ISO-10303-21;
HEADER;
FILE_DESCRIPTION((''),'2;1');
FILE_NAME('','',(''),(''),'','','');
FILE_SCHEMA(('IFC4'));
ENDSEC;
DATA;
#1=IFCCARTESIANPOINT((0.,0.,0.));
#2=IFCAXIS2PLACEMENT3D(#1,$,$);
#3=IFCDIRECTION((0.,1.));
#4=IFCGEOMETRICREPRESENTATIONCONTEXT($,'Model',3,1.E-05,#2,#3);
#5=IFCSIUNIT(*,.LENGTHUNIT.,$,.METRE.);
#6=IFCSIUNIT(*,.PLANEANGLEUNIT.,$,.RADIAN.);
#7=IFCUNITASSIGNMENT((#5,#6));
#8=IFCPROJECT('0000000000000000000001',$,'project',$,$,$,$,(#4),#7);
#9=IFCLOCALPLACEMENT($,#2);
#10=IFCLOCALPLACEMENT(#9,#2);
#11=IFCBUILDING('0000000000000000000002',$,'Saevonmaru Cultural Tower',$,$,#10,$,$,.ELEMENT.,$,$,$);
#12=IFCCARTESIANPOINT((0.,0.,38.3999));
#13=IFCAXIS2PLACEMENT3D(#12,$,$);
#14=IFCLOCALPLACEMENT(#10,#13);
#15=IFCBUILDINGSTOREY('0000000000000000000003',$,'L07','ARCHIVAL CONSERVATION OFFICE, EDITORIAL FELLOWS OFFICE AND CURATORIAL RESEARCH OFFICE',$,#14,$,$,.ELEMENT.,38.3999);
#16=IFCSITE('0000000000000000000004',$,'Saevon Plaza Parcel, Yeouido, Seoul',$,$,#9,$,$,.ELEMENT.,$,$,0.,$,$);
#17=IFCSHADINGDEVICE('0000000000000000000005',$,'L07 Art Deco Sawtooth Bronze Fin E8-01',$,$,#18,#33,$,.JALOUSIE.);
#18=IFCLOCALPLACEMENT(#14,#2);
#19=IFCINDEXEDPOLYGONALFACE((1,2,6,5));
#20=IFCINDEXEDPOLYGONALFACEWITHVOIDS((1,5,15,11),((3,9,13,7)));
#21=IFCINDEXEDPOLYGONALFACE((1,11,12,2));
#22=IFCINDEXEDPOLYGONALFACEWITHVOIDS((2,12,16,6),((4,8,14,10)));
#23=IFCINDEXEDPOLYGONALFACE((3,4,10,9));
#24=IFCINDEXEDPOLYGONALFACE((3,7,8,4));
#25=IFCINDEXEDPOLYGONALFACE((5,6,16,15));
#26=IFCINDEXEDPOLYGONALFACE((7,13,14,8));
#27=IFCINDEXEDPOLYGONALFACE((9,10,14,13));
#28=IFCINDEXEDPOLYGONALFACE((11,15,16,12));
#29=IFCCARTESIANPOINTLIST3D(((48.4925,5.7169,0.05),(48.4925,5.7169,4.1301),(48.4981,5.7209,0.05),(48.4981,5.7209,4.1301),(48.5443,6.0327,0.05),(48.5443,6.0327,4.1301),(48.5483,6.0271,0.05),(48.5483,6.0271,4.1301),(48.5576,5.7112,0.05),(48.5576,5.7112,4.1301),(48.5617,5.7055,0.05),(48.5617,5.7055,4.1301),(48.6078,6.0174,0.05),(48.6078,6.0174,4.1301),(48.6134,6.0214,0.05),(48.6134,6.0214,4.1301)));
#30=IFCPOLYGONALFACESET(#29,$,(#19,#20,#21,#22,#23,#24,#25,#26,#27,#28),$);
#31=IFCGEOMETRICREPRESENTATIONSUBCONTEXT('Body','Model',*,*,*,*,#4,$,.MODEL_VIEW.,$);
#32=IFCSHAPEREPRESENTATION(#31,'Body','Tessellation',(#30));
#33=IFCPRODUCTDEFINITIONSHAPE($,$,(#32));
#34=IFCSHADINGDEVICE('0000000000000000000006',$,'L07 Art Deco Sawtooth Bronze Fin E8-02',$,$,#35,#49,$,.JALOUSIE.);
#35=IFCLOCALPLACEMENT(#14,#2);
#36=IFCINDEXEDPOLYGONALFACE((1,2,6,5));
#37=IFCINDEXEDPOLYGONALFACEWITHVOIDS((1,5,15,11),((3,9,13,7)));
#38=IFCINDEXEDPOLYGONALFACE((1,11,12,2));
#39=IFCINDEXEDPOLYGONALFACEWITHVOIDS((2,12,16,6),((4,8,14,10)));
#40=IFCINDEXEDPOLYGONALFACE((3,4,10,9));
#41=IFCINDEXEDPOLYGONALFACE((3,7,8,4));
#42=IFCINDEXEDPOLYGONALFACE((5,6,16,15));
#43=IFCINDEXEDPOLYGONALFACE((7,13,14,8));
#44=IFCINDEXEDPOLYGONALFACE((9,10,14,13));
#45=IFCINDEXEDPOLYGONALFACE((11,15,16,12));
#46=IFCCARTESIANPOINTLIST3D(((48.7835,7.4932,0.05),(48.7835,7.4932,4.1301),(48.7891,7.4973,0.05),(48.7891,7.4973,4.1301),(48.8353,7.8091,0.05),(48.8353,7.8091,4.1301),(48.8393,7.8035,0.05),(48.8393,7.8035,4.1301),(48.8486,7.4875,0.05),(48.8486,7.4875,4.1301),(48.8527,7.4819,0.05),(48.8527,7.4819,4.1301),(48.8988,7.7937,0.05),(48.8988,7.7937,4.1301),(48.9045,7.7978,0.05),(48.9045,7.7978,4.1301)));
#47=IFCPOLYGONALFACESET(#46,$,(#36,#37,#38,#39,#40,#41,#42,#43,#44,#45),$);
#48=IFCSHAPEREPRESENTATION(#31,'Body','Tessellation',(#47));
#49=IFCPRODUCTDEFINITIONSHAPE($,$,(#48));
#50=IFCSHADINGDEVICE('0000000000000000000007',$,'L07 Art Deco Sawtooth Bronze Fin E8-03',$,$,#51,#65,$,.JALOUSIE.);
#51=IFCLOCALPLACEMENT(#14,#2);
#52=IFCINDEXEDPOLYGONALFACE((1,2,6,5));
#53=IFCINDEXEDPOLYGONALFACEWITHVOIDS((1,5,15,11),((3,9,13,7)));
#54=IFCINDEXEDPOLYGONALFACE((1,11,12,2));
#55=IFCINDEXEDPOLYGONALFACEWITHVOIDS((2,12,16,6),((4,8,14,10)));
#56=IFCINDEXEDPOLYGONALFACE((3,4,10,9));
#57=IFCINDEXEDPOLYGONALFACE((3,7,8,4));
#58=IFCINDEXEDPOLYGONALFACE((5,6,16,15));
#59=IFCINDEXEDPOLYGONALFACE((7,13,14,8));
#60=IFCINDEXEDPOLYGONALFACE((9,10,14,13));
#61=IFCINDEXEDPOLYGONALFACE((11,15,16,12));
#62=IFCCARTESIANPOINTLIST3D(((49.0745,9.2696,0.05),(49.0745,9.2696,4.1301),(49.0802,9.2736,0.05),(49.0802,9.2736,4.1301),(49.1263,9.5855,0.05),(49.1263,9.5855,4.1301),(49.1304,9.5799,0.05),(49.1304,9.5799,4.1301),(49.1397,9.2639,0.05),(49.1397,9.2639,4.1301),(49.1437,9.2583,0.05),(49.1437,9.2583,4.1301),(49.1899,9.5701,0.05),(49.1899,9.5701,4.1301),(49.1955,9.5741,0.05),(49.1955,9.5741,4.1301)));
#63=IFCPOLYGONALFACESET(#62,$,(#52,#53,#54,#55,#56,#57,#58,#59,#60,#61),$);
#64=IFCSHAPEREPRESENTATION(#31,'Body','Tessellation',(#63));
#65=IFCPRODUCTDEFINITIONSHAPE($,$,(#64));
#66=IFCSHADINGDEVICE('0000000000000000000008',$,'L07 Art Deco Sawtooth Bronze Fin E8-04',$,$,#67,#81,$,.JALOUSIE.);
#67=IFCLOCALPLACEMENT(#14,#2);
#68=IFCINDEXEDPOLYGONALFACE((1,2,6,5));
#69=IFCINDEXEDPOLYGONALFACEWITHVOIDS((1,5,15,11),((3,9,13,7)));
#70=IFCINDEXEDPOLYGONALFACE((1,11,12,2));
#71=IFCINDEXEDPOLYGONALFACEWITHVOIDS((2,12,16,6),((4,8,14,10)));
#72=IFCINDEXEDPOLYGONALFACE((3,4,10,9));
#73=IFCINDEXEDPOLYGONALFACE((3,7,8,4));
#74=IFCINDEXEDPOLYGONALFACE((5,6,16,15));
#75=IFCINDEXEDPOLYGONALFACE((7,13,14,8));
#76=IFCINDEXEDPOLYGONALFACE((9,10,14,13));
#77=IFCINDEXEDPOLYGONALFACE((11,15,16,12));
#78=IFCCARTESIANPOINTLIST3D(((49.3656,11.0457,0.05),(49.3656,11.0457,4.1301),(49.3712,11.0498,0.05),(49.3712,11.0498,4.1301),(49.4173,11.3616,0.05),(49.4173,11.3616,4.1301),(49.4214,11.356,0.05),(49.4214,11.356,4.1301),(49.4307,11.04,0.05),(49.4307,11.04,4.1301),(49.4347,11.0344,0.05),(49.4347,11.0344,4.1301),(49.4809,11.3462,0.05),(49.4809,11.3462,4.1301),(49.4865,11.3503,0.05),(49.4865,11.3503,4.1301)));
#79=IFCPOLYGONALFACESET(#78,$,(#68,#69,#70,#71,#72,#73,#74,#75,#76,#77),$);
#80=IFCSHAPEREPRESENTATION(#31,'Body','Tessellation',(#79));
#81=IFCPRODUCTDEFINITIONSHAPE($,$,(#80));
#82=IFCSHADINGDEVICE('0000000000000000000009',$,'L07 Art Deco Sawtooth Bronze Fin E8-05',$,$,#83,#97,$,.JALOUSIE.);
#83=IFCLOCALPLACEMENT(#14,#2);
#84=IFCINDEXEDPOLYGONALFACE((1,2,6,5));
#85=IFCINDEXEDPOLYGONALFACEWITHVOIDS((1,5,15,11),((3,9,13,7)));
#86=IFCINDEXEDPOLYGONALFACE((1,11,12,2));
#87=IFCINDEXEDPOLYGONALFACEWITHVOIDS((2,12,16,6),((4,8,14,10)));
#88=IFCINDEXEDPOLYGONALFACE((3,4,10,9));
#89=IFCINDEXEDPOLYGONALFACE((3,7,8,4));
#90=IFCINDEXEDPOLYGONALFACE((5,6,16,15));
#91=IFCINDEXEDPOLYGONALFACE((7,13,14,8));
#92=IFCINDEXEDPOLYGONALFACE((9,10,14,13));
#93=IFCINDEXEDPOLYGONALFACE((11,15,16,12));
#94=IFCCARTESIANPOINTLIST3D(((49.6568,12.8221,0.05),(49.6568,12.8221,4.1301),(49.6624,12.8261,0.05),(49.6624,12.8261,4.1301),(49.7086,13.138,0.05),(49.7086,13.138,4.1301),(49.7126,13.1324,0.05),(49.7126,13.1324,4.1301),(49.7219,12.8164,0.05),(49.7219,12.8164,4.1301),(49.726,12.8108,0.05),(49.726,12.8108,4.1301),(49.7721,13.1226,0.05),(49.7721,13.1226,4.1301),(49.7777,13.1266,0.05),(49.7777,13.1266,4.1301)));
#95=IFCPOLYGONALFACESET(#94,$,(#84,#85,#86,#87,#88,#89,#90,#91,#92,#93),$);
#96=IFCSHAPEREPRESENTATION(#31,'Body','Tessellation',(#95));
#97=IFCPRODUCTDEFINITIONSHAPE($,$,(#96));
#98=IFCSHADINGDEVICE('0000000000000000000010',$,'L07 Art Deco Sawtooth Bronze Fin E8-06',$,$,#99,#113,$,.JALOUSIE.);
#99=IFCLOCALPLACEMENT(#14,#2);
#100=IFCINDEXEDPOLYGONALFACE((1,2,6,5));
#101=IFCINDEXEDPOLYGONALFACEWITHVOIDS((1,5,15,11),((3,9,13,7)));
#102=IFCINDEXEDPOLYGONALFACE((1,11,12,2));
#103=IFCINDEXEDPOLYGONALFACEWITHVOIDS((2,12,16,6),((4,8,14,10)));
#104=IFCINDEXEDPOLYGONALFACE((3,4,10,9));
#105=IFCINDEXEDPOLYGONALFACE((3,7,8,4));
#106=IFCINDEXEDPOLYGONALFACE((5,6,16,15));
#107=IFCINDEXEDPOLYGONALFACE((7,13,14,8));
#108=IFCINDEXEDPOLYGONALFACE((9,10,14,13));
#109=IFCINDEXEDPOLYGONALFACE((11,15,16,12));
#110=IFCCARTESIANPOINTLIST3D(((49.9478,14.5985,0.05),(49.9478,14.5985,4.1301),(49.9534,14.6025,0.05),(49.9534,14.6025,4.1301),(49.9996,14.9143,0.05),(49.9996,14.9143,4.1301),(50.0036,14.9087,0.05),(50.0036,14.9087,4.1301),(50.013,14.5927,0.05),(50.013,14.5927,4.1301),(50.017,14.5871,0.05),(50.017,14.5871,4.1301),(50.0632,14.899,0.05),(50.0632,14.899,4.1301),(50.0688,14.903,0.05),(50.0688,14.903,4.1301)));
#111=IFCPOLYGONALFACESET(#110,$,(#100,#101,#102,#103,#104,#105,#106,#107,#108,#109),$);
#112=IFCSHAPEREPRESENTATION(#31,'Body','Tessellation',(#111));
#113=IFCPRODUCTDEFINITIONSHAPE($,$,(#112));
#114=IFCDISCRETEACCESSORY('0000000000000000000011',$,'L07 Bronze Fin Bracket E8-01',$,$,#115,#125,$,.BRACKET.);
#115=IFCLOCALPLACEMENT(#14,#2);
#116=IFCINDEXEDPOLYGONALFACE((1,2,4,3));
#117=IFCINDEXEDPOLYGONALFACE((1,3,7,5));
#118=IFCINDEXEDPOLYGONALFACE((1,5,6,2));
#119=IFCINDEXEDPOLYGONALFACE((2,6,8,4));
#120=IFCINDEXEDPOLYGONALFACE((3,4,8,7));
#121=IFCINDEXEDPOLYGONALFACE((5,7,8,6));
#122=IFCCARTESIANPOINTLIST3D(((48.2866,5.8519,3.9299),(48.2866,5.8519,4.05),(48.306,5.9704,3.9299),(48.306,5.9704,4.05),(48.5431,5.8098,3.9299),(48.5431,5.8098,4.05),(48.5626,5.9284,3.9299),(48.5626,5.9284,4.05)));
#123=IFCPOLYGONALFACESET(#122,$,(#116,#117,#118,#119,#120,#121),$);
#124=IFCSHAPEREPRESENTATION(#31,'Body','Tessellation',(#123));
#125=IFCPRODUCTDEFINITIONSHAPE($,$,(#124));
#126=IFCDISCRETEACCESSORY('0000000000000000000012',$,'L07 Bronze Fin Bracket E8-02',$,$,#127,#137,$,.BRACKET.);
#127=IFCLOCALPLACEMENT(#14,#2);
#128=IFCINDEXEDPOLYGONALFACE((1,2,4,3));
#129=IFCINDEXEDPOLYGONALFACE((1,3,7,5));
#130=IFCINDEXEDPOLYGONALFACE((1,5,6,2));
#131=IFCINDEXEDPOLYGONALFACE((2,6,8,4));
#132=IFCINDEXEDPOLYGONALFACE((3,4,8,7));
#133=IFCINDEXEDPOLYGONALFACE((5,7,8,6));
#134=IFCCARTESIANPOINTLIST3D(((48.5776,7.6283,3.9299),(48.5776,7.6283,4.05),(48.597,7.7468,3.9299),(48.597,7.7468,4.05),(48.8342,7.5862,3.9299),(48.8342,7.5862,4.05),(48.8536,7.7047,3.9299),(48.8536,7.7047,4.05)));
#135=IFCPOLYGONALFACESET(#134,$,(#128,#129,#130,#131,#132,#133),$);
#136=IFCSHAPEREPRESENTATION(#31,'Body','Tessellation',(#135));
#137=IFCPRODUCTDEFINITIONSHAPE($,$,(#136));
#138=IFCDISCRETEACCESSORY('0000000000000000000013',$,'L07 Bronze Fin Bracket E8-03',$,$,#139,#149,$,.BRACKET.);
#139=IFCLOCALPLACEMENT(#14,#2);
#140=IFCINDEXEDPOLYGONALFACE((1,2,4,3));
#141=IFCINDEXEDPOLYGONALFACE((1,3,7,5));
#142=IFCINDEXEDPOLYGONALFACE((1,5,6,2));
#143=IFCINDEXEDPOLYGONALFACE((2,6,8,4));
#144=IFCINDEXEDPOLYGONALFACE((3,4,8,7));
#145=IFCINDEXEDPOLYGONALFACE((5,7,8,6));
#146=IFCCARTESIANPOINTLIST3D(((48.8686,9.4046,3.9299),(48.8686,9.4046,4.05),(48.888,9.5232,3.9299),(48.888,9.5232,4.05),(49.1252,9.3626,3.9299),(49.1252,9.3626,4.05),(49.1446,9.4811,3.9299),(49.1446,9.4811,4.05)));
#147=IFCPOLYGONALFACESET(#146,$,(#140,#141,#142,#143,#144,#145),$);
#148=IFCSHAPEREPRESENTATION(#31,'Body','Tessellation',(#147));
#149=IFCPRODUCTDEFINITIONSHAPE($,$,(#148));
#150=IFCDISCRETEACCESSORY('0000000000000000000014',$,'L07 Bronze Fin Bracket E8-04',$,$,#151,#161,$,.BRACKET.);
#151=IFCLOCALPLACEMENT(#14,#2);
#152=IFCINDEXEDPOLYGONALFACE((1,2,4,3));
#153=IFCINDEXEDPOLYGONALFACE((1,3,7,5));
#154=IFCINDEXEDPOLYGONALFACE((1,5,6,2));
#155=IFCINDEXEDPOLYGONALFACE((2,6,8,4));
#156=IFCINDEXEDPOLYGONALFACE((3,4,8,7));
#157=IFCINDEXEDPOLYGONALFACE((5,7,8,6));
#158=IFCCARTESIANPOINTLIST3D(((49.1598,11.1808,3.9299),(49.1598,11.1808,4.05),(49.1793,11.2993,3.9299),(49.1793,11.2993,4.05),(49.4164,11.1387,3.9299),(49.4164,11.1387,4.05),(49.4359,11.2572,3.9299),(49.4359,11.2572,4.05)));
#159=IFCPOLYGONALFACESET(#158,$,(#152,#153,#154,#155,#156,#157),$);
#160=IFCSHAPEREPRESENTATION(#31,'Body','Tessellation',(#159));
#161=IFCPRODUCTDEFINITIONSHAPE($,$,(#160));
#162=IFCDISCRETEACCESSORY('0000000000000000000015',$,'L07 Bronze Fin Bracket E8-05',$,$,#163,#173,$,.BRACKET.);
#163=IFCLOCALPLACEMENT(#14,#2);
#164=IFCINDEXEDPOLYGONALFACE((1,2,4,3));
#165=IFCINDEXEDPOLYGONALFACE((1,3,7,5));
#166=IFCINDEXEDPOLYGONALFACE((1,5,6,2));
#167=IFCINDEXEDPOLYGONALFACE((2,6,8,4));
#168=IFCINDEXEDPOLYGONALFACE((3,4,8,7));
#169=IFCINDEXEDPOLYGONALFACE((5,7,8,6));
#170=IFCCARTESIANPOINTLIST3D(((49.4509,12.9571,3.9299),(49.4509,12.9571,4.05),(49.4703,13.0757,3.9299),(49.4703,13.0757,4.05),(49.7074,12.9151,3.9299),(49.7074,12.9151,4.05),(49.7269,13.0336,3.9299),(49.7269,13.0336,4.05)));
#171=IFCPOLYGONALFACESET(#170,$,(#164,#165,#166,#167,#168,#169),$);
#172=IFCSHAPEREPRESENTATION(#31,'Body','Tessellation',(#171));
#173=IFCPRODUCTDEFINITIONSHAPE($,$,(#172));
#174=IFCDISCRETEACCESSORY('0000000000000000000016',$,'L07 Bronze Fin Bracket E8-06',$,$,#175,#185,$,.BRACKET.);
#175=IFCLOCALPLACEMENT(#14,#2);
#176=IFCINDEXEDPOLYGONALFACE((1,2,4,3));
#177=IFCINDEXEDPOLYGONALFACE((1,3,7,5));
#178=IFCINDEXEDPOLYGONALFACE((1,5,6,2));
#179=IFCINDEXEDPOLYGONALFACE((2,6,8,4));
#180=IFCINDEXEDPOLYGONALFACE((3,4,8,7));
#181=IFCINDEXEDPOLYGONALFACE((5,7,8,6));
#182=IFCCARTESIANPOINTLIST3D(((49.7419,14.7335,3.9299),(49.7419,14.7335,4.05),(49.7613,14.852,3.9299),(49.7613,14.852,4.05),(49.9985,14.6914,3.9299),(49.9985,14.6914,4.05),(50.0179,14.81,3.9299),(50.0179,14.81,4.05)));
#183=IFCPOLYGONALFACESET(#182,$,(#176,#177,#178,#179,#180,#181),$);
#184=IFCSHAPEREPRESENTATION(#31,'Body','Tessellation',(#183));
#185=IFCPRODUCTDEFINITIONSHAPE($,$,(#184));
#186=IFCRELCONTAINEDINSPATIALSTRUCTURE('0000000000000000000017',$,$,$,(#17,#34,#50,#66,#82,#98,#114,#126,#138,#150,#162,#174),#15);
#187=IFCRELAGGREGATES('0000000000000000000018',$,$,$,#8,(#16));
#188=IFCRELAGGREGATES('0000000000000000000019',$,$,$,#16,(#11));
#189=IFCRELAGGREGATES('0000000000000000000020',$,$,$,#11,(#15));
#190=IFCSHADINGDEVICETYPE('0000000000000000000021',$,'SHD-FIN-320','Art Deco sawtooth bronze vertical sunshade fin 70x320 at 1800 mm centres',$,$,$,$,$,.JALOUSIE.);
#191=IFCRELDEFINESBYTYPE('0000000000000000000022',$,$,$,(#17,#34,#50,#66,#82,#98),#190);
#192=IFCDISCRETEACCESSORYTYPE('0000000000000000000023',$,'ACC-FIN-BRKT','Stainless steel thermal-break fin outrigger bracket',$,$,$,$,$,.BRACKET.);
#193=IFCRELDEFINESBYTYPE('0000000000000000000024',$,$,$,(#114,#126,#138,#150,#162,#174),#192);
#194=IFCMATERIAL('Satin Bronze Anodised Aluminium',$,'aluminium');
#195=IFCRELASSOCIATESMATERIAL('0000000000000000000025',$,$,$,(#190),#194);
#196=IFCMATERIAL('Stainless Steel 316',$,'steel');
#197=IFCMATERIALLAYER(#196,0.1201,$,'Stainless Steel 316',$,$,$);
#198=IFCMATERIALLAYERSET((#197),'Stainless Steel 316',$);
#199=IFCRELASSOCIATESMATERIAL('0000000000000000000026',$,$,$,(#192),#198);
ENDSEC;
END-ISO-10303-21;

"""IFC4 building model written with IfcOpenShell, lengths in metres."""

from ifc_helpers import new_model, si_unit, direction, frame, origin, origin_2d, place, context, subcontext, project, spatial, rectangle, hollow_rectangle, extrude, material, layer, layer_set, material_profile, profile_set, type_object, element, save


model = new_model("IFC4")

# Units and contexts
model_context = context("Model", 3, precision=1e-05, world=origin(), true_north=direction((0.0, 1.0)))
body_context = subcontext(model_context, "Body", "Model", "MODEL_VIEW")
ifc_project = project(units=[si_unit("LENGTHUNIT", "METRE"), si_unit("PLANEANGLEUNIT", "RADIAN")], contexts=[model_context])

# Site, building, storey
site_placement = place(None, origin())
site = spatial("IfcSite", under=ifc_project, at=site_placement, Name="Saevon Plaza Parcel, Yeouido, Seoul", CompositionType="ELEMENT", RefElevation=0.0)
building_placement = place(site_placement, origin())
building = spatial("IfcBuilding", under=site, at=building_placement, Name="Saevonmaru Cultural Tower", CompositionType="ELEMENT")
storey_placement = place(building_placement, frame((0.0, 0.0, 38.3999)))
storey = spatial("IfcBuildingStorey", under=building, at=storey_placement, Name="L07", Description="ARCHIVAL CONSERVATION OFFICE, EDITORIAL FELLOWS OFFICE AND CURATORIAL RESEARCH OFFICE", CompositionType="ELEMENT", Elevation=38.3999)

# Shared definitions
ifc_material_1 = material(Name="Satin Bronze Anodised Aluminium", Category="aluminium")

# Shading devices
ifc_material_profile_1 = material_profile(ifc_material_1, hollow_rectangle(XDim=0.0701, YDim=0.3201, WallThickness=0.0049, at=origin_2d()), Name="FIN-320x70")
ifc_profile_set_1 = profile_set([ifc_material_profile_1], Name="Satin Bronze Anodised Aluminium")
shading_device_type = type_object("IfcShadingDeviceType", Name="SHD-FIN-320", Description="Art Deco sawtooth bronze vertical sunshade fin 70x320 at 1800 mm centres", PredefinedType="JALOUSIE", material=ifc_profile_set_1)
for number, where, z_axis, x_axis, name in (
    (1, (48.553, 5.8691, 0.05), (0.0, 0.0, 1.0), (0.986827, -0.161776, 0.0), "L07 Art Deco Sawtooth Bronze Fin E8-01"),
    (2, (48.844, 7.6455, 0.05), (0.0, 0.0, 1.0), (0.986827, -0.161776, 0.0), "L07 Art Deco Sawtooth Bronze Fin E8-02"),
    (3, (49.135, 9.4219, 0.05), (0.0, 0.0, 1.0), (0.986827, -0.161776, 0.0), "L07 Art Deco Sawtooth Bronze Fin E8-03"),
    (4, (49.426, 11.198, 0.05), (0.0, 0.0, 1.0), (0.986827, -0.161776, 0.0), "L07 Art Deco Sawtooth Bronze Fin E8-04"),
    (5, (49.7173, 12.9744, 0.05), (0.0, 0.0, 1.0), (0.986827, -0.161776, 0.0), "L07 Art Deco Sawtooth Bronze Fin E8-05"),
    (6, (50.0083, 14.7507, 0.05), (0.0, 0.0, 1.0), (0.986827, -0.161776, 0.0), "L07 Art Deco Sawtooth Bronze Fin E8-06"),
):
    element("IfcShadingDevice", number, at=place(storey_placement, frame(where, z_axis=z_axis, x_axis=x_axis)), inside=storey, type_object=shading_device_type, Name=name, PredefinedType="JALOUSIE", context=body_context, shape_type="SweptSolid", body=[
        extrude(hollow_rectangle(XDim=0.0701, YDim=0.3201, WallThickness=0.0049, at=origin_2d()), origin(), (0.0, 0.0, 1.0), 4.0801),
    ])

# Discrete accessories
ifc_material_2 = material(Name="Stainless Steel 316", Category="steel")
ifc_layer_1 = layer(ifc_material_2, 0.1201, Name="Stainless Steel 316")
ifc_layer_set_1 = layer_set([ifc_layer_1], Name="Stainless Steel 316")
discrete_accessory_type = type_object("IfcDiscreteAccessoryType", Name="ACC-FIN-BRKT", Description="Stainless steel thermal-break fin outrigger bracket", PredefinedType="BRACKET", material=ifc_layer_set_1)
for number, where, z_axis, x_axis, name in (
    (7, (48.4246, 5.8901, 3.9299), (0.0, 0.0, 1.0), (0.986827, -0.161776, 0.0), "L07 Bronze Fin Bracket E8-01"),
    (8, (48.7156, 7.6665, 3.9299), (0.0, 0.0, 1.0), (0.986827, -0.161776, 0.0), "L07 Bronze Fin Bracket E8-02"),
    (9, (49.0066, 9.4429, 3.9299), (0.0, 0.0, 1.0), (0.986827, -0.161776, 0.0), "L07 Bronze Fin Bracket E8-03"),
    (10, (49.2979, 11.219, 3.9299), (0.0, 0.0, 1.0), (0.986827, -0.161776, 0.0), "L07 Bronze Fin Bracket E8-04"),
    (11, (49.5889, 12.9954, 3.9299), (0.0, 0.0, 1.0), (0.986827, -0.161776, 0.0), "L07 Bronze Fin Bracket E8-05"),
    (12, (49.8799, 14.7717, 3.9299), (0.0, 0.0, 1.0), (0.986827, -0.161776, 0.0), "L07 Bronze Fin Bracket E8-06"),
):
    element("IfcDiscreteAccessory", number, at=place(storey_placement, frame(where, z_axis=z_axis, x_axis=x_axis)), inside=storey, type_object=discrete_accessory_type, Name=name, PredefinedType="BRACKET", context=body_context, shape_type="SweptSolid", body=[
        extrude(rectangle(XDim=0.26, YDim=0.1201, at=origin_2d()), origin(), (0.0, 0.0, 1.0), 0.1201),
    ])

save(model, "model.ifc")
